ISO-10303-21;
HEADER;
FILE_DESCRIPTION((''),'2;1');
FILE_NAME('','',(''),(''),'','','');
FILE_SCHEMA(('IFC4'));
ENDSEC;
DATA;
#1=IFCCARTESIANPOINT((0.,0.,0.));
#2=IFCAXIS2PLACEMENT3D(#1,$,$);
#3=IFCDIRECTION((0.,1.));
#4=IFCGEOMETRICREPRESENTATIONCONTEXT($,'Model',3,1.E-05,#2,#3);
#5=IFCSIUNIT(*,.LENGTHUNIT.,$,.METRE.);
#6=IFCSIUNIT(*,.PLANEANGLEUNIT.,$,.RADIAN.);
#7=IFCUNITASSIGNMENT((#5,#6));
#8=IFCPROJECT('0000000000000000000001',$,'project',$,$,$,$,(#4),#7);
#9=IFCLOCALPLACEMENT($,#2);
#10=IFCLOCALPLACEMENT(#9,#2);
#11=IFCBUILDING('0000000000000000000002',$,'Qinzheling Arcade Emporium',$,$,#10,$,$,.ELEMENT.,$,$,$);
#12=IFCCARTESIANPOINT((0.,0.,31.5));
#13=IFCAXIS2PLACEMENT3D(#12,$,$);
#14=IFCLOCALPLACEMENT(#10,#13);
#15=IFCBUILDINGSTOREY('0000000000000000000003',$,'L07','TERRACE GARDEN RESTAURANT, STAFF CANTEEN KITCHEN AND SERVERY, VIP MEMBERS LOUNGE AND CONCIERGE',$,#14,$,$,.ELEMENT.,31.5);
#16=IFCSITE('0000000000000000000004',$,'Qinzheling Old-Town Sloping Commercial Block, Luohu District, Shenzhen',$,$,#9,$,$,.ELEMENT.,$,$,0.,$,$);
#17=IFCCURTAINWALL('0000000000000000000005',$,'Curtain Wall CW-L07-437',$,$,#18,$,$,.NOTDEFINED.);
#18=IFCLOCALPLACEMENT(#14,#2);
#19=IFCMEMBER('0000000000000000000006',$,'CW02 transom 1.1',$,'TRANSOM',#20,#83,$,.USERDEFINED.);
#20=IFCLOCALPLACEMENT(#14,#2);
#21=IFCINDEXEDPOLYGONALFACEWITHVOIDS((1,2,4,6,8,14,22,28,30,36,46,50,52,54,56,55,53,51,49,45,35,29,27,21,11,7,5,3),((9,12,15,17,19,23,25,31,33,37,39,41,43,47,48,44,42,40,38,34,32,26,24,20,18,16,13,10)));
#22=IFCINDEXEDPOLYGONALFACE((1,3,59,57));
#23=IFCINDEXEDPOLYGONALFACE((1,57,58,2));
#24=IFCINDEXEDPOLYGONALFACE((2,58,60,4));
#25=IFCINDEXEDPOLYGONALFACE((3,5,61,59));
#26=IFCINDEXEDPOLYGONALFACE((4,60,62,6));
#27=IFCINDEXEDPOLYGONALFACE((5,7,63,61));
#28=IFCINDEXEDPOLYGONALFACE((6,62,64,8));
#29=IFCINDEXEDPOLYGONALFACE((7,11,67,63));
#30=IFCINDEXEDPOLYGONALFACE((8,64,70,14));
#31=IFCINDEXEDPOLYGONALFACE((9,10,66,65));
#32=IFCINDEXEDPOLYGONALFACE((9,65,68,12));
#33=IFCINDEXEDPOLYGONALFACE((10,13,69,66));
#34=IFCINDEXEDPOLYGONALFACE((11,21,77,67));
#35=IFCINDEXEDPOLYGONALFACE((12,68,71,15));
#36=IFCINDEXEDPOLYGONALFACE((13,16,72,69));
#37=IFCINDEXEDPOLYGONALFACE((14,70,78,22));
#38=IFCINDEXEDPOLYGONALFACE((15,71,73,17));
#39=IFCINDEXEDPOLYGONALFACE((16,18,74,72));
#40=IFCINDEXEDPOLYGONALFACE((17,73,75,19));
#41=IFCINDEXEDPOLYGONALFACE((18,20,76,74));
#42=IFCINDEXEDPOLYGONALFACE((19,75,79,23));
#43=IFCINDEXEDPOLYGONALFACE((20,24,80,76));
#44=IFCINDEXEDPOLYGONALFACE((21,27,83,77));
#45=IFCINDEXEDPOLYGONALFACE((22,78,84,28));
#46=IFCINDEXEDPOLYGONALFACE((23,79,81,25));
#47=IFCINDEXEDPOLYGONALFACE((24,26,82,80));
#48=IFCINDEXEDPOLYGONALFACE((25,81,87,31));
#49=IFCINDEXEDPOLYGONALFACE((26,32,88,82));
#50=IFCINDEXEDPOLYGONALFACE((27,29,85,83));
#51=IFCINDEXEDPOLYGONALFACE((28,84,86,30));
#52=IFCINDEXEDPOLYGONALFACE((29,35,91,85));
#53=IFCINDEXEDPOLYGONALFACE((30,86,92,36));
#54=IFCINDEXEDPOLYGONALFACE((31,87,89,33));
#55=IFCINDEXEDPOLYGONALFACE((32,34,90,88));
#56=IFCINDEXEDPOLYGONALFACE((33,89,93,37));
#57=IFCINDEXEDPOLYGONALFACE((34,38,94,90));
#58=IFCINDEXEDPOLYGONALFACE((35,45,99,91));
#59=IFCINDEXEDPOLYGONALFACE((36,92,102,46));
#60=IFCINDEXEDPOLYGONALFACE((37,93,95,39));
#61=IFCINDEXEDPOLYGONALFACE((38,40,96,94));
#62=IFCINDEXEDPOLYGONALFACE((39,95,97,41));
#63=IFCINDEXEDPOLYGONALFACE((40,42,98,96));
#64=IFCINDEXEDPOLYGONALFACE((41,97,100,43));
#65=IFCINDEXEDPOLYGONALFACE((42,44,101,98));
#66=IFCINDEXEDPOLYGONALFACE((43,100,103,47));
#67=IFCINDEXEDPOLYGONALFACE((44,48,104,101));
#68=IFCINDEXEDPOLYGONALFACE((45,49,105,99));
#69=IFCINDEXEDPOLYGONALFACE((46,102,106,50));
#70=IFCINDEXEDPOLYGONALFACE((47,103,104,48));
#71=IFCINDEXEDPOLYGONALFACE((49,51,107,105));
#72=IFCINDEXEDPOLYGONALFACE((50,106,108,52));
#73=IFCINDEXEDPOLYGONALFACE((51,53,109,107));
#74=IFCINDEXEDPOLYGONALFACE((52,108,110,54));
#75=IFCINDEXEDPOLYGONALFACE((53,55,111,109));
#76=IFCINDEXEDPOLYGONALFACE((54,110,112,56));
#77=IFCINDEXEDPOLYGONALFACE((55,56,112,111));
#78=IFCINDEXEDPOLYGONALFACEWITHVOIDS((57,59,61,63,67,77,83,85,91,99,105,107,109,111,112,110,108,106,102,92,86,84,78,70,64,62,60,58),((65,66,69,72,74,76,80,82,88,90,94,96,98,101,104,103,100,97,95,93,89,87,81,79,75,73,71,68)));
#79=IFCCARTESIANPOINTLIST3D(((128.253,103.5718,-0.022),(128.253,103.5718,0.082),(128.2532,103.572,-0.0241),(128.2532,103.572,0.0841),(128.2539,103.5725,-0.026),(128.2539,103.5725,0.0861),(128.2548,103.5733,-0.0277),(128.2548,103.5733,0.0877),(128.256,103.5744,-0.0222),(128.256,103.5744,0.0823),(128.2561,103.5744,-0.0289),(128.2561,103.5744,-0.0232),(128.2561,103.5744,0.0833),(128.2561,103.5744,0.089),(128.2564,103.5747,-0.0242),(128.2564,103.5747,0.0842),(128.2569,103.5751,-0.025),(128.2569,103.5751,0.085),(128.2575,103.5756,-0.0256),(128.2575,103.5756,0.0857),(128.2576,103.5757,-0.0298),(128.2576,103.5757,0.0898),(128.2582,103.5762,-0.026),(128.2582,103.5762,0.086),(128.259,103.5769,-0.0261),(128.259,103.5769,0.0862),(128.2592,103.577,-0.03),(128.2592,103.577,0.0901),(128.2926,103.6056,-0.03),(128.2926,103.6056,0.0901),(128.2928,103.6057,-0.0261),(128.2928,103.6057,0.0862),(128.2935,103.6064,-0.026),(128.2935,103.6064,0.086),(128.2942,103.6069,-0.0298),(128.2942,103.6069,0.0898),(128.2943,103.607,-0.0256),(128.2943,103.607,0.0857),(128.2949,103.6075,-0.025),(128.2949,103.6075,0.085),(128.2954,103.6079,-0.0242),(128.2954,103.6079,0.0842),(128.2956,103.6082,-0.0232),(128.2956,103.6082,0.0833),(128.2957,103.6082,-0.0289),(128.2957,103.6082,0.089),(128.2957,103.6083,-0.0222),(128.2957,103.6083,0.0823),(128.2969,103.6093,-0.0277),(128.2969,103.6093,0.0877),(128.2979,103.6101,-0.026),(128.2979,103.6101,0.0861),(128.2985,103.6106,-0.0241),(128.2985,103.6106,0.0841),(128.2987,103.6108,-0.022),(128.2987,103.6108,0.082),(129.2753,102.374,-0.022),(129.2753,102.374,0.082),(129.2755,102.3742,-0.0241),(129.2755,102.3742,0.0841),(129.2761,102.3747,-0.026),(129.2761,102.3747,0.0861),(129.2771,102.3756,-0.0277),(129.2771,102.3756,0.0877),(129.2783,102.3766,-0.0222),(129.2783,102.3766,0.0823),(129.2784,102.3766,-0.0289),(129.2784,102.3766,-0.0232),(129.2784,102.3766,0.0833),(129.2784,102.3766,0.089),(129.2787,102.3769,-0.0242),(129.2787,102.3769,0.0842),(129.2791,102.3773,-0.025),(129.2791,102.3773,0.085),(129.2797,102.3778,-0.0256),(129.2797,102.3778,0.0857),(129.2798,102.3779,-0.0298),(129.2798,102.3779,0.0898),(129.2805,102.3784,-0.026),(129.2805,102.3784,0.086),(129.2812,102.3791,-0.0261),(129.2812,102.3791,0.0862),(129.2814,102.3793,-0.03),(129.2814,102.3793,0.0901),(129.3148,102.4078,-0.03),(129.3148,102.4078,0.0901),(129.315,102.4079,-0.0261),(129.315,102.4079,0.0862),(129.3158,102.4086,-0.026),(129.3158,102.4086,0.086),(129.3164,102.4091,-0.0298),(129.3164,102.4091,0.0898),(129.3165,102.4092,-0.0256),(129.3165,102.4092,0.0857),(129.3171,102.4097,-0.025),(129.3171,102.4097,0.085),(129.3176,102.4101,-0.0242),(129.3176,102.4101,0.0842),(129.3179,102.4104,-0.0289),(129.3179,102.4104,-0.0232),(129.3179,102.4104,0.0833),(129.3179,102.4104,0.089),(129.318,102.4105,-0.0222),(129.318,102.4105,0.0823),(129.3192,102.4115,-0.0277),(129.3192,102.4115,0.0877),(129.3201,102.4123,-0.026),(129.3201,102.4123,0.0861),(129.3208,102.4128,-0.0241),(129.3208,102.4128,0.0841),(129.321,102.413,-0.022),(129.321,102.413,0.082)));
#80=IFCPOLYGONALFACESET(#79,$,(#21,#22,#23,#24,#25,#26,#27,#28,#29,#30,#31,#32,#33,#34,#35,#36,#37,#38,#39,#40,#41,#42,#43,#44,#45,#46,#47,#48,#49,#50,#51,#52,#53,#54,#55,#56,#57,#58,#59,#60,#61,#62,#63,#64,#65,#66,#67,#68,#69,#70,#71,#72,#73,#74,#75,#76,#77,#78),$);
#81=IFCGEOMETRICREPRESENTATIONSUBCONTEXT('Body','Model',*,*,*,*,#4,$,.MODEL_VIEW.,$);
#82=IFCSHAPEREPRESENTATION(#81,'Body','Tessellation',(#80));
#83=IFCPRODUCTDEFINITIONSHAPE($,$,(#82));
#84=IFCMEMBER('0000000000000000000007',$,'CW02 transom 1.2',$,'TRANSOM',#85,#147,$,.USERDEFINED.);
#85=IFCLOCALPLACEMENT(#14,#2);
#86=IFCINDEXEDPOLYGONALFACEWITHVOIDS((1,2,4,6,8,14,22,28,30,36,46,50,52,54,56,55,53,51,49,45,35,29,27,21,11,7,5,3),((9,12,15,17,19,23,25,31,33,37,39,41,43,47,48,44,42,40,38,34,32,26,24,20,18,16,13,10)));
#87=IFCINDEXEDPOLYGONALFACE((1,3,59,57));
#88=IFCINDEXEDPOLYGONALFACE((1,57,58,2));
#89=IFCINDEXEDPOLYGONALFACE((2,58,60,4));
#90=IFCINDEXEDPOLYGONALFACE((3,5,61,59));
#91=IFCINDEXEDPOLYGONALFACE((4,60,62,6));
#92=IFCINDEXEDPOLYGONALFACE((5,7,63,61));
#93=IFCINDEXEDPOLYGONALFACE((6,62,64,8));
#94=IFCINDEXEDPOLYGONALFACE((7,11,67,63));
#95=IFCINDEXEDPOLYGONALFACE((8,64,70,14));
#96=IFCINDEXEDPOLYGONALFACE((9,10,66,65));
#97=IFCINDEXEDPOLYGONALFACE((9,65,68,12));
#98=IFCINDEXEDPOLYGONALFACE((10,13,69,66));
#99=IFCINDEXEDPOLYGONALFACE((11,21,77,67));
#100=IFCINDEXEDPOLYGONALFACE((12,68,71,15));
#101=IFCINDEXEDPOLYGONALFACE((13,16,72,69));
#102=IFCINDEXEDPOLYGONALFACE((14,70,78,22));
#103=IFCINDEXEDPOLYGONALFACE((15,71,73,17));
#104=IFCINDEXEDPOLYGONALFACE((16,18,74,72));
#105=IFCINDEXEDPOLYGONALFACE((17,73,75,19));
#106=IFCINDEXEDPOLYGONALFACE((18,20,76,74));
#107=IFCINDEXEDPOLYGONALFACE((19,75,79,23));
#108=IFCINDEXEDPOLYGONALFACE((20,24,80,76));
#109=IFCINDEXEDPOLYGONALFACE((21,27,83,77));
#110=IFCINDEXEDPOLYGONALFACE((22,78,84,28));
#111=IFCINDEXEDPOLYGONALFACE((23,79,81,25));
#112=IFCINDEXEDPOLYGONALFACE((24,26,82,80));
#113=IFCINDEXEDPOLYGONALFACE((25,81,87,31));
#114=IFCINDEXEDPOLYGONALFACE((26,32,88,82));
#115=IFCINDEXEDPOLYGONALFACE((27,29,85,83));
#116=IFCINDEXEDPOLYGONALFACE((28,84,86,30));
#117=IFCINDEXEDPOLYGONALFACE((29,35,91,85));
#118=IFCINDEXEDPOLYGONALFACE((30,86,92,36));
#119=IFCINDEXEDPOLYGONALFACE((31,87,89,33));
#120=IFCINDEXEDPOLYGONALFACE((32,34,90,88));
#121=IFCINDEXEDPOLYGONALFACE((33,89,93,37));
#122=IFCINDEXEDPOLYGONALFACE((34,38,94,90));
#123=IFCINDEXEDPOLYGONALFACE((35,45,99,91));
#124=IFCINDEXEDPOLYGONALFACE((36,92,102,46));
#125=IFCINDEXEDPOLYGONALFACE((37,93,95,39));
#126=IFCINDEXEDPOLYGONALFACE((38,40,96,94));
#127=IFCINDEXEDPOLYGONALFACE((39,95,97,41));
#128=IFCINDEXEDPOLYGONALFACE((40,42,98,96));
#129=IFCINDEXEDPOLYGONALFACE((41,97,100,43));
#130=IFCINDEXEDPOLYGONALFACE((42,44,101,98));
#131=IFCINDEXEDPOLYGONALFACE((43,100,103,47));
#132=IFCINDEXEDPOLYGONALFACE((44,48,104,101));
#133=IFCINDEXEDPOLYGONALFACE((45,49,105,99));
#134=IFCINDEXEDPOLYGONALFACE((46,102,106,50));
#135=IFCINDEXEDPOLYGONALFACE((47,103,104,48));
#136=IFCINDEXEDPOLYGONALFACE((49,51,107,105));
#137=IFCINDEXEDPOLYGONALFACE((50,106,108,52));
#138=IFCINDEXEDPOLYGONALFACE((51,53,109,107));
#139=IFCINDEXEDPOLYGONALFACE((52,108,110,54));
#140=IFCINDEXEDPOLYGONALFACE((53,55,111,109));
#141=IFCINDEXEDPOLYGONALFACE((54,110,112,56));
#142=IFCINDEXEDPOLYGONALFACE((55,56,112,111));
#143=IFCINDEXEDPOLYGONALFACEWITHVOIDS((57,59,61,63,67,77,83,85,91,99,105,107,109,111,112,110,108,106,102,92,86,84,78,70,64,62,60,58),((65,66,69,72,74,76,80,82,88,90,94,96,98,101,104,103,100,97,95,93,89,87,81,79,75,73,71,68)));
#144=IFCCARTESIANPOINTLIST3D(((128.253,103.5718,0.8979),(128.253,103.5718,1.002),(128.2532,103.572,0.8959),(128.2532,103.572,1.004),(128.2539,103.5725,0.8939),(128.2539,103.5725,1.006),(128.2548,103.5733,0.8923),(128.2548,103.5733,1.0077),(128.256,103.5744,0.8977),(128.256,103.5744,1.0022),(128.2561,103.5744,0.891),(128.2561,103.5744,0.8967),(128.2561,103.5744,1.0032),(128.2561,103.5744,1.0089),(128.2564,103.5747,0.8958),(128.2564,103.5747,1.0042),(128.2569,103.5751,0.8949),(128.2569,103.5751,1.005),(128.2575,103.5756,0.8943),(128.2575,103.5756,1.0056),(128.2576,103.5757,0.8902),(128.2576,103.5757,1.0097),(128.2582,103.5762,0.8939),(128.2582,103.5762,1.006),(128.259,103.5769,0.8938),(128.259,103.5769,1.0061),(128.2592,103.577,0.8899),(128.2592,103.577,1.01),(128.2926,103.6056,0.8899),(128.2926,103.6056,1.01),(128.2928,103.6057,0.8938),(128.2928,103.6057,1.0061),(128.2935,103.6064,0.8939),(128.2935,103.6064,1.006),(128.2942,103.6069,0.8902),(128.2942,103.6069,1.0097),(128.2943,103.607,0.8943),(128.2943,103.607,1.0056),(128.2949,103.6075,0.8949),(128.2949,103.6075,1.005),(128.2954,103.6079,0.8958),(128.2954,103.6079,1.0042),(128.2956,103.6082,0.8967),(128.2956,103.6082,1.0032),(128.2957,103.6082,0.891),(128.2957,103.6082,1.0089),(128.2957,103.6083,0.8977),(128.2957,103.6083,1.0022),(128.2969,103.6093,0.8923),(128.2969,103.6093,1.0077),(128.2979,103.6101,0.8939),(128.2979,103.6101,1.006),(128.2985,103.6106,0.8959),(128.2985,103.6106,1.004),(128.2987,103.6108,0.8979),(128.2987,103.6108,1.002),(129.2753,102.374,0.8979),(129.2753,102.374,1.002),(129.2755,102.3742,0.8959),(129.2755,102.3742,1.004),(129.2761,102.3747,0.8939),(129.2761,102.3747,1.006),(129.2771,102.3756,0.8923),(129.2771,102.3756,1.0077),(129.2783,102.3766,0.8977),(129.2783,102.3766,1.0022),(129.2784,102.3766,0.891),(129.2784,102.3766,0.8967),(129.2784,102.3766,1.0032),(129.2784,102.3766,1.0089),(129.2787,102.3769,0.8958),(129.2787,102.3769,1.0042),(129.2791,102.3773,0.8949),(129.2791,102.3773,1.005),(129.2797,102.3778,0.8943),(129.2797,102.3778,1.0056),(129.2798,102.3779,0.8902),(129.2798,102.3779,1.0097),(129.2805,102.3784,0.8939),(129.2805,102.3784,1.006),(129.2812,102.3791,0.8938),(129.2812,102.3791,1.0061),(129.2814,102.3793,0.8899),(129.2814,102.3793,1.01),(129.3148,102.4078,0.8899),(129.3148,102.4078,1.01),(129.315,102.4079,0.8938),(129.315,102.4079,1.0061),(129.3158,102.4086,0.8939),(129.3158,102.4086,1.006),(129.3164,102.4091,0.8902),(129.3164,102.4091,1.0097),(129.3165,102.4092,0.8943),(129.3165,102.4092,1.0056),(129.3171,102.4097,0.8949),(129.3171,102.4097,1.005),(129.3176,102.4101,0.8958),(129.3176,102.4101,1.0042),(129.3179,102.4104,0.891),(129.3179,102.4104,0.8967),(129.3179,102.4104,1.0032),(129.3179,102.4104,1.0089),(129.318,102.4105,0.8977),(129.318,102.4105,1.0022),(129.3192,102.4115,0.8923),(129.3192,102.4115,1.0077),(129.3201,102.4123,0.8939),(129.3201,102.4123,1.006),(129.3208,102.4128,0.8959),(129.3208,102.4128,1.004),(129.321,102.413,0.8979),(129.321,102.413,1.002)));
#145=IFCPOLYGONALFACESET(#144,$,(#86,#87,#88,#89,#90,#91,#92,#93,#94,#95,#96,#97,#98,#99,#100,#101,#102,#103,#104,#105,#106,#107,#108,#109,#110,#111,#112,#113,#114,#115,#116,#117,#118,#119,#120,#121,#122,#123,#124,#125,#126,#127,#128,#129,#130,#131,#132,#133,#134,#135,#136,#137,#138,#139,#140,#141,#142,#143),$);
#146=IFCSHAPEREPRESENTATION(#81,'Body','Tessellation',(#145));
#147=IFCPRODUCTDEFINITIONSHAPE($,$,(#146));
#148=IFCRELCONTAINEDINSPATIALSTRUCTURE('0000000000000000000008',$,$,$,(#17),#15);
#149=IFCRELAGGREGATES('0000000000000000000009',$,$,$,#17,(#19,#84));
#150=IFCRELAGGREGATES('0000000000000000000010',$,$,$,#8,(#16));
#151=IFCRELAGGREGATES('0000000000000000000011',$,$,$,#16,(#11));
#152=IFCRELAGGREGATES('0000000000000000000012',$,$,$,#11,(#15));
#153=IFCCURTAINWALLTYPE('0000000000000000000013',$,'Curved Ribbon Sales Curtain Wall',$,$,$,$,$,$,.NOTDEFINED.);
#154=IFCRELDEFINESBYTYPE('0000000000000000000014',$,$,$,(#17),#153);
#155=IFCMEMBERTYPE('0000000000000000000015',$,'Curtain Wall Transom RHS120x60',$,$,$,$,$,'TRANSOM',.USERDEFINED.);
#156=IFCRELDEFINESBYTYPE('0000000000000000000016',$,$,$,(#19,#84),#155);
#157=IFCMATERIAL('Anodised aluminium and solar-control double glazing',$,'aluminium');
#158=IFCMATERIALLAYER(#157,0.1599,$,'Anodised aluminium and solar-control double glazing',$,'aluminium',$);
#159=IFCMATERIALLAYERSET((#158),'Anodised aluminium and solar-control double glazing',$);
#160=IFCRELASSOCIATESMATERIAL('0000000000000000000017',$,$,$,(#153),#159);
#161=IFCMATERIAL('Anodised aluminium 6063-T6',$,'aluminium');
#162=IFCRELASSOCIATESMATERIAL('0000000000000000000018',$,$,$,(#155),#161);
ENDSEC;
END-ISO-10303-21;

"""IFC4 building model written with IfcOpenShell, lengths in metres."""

from ifc_helpers import new_model, si_unit, direction, frame, origin, origin_2d, place, context, subcontext, project, spatial, hollow_rectangle, extrude, material, layer, layer_set, material_profile, profile_set, type_object, element, aggregate, save


model = new_model("IFC4")

# Units and contexts
model_context = context("Model", 3, precision=1e-05, world=origin(), true_north=direction((0.0, 1.0)))
body_context = subcontext(model_context, "Body", "Model", "MODEL_VIEW")
ifc_project = project(units=[si_unit("LENGTHUNIT", "METRE"), si_unit("PLANEANGLEUNIT", "RADIAN")], contexts=[model_context])

# Site, building, storey
site_placement = place(None, origin())
site = spatial("IfcSite", under=ifc_project, at=site_placement, Name="Qinzheling Old-Town Sloping Commercial Block, Luohu District, Shenzhen", CompositionType="ELEMENT", RefElevation=0.0)
building_placement = place(site_placement, origin())
building = spatial("IfcBuilding", under=site, at=building_placement, Name="Qinzheling Arcade Emporium", CompositionType="ELEMENT")
storey_placement = place(building_placement, frame((0.0, 0.0, 31.5)))
storey = spatial("IfcBuildingStorey", under=building, at=storey_placement, Name="L07", Description="TERRACE GARDEN RESTAURANT, STAFF CANTEEN KITCHEN AND SERVERY, VIP MEMBERS LOUNGE AND CONCIERGE", CompositionType="ELEMENT", Elevation=31.5)

# Shared definitions
ifc_material_1 = material(Name="Anodised aluminium and solar-control double glazing", Category="aluminium")
ifc_layer_1 = layer(ifc_material_1, 0.1599, Name="Anodised aluminium and solar-control double glazing", Category="aluminium")
ifc_layer_set_1 = layer_set([ifc_layer_1], Name="Anodised aluminium and solar-control double glazing")
curtain_wall_type = type_object("IfcCurtainWallType", Name="Curved Ribbon Sales Curtain Wall", PredefinedType="NOTDEFINED", material=ifc_layer_set_1)
ifc_material_2 = material(Name="Anodised aluminium 6063-T6", Category="aluminium")

# Curtain wall
curtain_wall_1_placement = place(storey_placement, origin())
curtain_wall_1 = element("IfcCurtainWall", 1, at=curtain_wall_1_placement, inside=storey, type_object=curtain_wall_type, Name="Curtain Wall CW-L07-437", PredefinedType="NOTDEFINED")

# Members
ifc_material_profile_1 = material_profile(ifc_material_2, hollow_rectangle(XDim=0.0601, YDim=0.1201, WallThickness=0.0039, InnerFilletRadius=0.0039, OuterFilletRadius=0.0081, at=origin_2d()), Name="RHS 120x60x4", Category="aluminium")
ifc_profile_set_1 = profile_set([ifc_material_profile_1], Name="Anodised aluminium 6063-T6")
member_type_1 = type_object("IfcMemberType", Name="Curtain Wall Transom RHS120x60", ElementType="TRANSOM", PredefinedType="USERDEFINED", material=ifc_profile_set_1)
member_1_placement = place(storey_placement, frame((128.2759, 103.5913, 0.03), z_axis=(0.649168, -0.760645, 0.0), x_axis=(0.760645, 0.649168, 0.0)))
member_1 = element("IfcMember", 2, at=member_1_placement, type_object=member_type_1, Name="CW02 transom 1.1", ObjectType="TRANSOM", PredefinedType="USERDEFINED", context=body_context, shape_type="SweptSolid", body=[
    extrude(hollow_rectangle(XDim=0.0601, YDim=0.1201, WallThickness=0.0039, InnerFilletRadius=0.0039, OuterFilletRadius=0.0081, at=origin_2d()), origin(), (0.0, 0.0, 1.0), 1.5747),
])
member_2_placement = place(storey_placement, frame((128.2759, 103.5913, 0.95), z_axis=(0.649168, -0.760645, 0.0), x_axis=(0.760645, 0.649168, 0.0)))
member_2 = element("IfcMember", 3, at=member_2_placement, type_object=member_type_1, Name="CW02 transom 1.2", ObjectType="TRANSOM", PredefinedType="USERDEFINED", context=body_context, shape_type="SweptSolid", body=[
    extrude(hollow_rectangle(XDim=0.0601, YDim=0.1201, WallThickness=0.0039, InnerFilletRadius=0.0039, OuterFilletRadius=0.0081, at=origin_2d()), origin(), (0.0, 0.0, 1.0), 1.5747),
])

aggregate(curtain_wall_1, [member_1, member_2])

save(model, "model.ifc")
